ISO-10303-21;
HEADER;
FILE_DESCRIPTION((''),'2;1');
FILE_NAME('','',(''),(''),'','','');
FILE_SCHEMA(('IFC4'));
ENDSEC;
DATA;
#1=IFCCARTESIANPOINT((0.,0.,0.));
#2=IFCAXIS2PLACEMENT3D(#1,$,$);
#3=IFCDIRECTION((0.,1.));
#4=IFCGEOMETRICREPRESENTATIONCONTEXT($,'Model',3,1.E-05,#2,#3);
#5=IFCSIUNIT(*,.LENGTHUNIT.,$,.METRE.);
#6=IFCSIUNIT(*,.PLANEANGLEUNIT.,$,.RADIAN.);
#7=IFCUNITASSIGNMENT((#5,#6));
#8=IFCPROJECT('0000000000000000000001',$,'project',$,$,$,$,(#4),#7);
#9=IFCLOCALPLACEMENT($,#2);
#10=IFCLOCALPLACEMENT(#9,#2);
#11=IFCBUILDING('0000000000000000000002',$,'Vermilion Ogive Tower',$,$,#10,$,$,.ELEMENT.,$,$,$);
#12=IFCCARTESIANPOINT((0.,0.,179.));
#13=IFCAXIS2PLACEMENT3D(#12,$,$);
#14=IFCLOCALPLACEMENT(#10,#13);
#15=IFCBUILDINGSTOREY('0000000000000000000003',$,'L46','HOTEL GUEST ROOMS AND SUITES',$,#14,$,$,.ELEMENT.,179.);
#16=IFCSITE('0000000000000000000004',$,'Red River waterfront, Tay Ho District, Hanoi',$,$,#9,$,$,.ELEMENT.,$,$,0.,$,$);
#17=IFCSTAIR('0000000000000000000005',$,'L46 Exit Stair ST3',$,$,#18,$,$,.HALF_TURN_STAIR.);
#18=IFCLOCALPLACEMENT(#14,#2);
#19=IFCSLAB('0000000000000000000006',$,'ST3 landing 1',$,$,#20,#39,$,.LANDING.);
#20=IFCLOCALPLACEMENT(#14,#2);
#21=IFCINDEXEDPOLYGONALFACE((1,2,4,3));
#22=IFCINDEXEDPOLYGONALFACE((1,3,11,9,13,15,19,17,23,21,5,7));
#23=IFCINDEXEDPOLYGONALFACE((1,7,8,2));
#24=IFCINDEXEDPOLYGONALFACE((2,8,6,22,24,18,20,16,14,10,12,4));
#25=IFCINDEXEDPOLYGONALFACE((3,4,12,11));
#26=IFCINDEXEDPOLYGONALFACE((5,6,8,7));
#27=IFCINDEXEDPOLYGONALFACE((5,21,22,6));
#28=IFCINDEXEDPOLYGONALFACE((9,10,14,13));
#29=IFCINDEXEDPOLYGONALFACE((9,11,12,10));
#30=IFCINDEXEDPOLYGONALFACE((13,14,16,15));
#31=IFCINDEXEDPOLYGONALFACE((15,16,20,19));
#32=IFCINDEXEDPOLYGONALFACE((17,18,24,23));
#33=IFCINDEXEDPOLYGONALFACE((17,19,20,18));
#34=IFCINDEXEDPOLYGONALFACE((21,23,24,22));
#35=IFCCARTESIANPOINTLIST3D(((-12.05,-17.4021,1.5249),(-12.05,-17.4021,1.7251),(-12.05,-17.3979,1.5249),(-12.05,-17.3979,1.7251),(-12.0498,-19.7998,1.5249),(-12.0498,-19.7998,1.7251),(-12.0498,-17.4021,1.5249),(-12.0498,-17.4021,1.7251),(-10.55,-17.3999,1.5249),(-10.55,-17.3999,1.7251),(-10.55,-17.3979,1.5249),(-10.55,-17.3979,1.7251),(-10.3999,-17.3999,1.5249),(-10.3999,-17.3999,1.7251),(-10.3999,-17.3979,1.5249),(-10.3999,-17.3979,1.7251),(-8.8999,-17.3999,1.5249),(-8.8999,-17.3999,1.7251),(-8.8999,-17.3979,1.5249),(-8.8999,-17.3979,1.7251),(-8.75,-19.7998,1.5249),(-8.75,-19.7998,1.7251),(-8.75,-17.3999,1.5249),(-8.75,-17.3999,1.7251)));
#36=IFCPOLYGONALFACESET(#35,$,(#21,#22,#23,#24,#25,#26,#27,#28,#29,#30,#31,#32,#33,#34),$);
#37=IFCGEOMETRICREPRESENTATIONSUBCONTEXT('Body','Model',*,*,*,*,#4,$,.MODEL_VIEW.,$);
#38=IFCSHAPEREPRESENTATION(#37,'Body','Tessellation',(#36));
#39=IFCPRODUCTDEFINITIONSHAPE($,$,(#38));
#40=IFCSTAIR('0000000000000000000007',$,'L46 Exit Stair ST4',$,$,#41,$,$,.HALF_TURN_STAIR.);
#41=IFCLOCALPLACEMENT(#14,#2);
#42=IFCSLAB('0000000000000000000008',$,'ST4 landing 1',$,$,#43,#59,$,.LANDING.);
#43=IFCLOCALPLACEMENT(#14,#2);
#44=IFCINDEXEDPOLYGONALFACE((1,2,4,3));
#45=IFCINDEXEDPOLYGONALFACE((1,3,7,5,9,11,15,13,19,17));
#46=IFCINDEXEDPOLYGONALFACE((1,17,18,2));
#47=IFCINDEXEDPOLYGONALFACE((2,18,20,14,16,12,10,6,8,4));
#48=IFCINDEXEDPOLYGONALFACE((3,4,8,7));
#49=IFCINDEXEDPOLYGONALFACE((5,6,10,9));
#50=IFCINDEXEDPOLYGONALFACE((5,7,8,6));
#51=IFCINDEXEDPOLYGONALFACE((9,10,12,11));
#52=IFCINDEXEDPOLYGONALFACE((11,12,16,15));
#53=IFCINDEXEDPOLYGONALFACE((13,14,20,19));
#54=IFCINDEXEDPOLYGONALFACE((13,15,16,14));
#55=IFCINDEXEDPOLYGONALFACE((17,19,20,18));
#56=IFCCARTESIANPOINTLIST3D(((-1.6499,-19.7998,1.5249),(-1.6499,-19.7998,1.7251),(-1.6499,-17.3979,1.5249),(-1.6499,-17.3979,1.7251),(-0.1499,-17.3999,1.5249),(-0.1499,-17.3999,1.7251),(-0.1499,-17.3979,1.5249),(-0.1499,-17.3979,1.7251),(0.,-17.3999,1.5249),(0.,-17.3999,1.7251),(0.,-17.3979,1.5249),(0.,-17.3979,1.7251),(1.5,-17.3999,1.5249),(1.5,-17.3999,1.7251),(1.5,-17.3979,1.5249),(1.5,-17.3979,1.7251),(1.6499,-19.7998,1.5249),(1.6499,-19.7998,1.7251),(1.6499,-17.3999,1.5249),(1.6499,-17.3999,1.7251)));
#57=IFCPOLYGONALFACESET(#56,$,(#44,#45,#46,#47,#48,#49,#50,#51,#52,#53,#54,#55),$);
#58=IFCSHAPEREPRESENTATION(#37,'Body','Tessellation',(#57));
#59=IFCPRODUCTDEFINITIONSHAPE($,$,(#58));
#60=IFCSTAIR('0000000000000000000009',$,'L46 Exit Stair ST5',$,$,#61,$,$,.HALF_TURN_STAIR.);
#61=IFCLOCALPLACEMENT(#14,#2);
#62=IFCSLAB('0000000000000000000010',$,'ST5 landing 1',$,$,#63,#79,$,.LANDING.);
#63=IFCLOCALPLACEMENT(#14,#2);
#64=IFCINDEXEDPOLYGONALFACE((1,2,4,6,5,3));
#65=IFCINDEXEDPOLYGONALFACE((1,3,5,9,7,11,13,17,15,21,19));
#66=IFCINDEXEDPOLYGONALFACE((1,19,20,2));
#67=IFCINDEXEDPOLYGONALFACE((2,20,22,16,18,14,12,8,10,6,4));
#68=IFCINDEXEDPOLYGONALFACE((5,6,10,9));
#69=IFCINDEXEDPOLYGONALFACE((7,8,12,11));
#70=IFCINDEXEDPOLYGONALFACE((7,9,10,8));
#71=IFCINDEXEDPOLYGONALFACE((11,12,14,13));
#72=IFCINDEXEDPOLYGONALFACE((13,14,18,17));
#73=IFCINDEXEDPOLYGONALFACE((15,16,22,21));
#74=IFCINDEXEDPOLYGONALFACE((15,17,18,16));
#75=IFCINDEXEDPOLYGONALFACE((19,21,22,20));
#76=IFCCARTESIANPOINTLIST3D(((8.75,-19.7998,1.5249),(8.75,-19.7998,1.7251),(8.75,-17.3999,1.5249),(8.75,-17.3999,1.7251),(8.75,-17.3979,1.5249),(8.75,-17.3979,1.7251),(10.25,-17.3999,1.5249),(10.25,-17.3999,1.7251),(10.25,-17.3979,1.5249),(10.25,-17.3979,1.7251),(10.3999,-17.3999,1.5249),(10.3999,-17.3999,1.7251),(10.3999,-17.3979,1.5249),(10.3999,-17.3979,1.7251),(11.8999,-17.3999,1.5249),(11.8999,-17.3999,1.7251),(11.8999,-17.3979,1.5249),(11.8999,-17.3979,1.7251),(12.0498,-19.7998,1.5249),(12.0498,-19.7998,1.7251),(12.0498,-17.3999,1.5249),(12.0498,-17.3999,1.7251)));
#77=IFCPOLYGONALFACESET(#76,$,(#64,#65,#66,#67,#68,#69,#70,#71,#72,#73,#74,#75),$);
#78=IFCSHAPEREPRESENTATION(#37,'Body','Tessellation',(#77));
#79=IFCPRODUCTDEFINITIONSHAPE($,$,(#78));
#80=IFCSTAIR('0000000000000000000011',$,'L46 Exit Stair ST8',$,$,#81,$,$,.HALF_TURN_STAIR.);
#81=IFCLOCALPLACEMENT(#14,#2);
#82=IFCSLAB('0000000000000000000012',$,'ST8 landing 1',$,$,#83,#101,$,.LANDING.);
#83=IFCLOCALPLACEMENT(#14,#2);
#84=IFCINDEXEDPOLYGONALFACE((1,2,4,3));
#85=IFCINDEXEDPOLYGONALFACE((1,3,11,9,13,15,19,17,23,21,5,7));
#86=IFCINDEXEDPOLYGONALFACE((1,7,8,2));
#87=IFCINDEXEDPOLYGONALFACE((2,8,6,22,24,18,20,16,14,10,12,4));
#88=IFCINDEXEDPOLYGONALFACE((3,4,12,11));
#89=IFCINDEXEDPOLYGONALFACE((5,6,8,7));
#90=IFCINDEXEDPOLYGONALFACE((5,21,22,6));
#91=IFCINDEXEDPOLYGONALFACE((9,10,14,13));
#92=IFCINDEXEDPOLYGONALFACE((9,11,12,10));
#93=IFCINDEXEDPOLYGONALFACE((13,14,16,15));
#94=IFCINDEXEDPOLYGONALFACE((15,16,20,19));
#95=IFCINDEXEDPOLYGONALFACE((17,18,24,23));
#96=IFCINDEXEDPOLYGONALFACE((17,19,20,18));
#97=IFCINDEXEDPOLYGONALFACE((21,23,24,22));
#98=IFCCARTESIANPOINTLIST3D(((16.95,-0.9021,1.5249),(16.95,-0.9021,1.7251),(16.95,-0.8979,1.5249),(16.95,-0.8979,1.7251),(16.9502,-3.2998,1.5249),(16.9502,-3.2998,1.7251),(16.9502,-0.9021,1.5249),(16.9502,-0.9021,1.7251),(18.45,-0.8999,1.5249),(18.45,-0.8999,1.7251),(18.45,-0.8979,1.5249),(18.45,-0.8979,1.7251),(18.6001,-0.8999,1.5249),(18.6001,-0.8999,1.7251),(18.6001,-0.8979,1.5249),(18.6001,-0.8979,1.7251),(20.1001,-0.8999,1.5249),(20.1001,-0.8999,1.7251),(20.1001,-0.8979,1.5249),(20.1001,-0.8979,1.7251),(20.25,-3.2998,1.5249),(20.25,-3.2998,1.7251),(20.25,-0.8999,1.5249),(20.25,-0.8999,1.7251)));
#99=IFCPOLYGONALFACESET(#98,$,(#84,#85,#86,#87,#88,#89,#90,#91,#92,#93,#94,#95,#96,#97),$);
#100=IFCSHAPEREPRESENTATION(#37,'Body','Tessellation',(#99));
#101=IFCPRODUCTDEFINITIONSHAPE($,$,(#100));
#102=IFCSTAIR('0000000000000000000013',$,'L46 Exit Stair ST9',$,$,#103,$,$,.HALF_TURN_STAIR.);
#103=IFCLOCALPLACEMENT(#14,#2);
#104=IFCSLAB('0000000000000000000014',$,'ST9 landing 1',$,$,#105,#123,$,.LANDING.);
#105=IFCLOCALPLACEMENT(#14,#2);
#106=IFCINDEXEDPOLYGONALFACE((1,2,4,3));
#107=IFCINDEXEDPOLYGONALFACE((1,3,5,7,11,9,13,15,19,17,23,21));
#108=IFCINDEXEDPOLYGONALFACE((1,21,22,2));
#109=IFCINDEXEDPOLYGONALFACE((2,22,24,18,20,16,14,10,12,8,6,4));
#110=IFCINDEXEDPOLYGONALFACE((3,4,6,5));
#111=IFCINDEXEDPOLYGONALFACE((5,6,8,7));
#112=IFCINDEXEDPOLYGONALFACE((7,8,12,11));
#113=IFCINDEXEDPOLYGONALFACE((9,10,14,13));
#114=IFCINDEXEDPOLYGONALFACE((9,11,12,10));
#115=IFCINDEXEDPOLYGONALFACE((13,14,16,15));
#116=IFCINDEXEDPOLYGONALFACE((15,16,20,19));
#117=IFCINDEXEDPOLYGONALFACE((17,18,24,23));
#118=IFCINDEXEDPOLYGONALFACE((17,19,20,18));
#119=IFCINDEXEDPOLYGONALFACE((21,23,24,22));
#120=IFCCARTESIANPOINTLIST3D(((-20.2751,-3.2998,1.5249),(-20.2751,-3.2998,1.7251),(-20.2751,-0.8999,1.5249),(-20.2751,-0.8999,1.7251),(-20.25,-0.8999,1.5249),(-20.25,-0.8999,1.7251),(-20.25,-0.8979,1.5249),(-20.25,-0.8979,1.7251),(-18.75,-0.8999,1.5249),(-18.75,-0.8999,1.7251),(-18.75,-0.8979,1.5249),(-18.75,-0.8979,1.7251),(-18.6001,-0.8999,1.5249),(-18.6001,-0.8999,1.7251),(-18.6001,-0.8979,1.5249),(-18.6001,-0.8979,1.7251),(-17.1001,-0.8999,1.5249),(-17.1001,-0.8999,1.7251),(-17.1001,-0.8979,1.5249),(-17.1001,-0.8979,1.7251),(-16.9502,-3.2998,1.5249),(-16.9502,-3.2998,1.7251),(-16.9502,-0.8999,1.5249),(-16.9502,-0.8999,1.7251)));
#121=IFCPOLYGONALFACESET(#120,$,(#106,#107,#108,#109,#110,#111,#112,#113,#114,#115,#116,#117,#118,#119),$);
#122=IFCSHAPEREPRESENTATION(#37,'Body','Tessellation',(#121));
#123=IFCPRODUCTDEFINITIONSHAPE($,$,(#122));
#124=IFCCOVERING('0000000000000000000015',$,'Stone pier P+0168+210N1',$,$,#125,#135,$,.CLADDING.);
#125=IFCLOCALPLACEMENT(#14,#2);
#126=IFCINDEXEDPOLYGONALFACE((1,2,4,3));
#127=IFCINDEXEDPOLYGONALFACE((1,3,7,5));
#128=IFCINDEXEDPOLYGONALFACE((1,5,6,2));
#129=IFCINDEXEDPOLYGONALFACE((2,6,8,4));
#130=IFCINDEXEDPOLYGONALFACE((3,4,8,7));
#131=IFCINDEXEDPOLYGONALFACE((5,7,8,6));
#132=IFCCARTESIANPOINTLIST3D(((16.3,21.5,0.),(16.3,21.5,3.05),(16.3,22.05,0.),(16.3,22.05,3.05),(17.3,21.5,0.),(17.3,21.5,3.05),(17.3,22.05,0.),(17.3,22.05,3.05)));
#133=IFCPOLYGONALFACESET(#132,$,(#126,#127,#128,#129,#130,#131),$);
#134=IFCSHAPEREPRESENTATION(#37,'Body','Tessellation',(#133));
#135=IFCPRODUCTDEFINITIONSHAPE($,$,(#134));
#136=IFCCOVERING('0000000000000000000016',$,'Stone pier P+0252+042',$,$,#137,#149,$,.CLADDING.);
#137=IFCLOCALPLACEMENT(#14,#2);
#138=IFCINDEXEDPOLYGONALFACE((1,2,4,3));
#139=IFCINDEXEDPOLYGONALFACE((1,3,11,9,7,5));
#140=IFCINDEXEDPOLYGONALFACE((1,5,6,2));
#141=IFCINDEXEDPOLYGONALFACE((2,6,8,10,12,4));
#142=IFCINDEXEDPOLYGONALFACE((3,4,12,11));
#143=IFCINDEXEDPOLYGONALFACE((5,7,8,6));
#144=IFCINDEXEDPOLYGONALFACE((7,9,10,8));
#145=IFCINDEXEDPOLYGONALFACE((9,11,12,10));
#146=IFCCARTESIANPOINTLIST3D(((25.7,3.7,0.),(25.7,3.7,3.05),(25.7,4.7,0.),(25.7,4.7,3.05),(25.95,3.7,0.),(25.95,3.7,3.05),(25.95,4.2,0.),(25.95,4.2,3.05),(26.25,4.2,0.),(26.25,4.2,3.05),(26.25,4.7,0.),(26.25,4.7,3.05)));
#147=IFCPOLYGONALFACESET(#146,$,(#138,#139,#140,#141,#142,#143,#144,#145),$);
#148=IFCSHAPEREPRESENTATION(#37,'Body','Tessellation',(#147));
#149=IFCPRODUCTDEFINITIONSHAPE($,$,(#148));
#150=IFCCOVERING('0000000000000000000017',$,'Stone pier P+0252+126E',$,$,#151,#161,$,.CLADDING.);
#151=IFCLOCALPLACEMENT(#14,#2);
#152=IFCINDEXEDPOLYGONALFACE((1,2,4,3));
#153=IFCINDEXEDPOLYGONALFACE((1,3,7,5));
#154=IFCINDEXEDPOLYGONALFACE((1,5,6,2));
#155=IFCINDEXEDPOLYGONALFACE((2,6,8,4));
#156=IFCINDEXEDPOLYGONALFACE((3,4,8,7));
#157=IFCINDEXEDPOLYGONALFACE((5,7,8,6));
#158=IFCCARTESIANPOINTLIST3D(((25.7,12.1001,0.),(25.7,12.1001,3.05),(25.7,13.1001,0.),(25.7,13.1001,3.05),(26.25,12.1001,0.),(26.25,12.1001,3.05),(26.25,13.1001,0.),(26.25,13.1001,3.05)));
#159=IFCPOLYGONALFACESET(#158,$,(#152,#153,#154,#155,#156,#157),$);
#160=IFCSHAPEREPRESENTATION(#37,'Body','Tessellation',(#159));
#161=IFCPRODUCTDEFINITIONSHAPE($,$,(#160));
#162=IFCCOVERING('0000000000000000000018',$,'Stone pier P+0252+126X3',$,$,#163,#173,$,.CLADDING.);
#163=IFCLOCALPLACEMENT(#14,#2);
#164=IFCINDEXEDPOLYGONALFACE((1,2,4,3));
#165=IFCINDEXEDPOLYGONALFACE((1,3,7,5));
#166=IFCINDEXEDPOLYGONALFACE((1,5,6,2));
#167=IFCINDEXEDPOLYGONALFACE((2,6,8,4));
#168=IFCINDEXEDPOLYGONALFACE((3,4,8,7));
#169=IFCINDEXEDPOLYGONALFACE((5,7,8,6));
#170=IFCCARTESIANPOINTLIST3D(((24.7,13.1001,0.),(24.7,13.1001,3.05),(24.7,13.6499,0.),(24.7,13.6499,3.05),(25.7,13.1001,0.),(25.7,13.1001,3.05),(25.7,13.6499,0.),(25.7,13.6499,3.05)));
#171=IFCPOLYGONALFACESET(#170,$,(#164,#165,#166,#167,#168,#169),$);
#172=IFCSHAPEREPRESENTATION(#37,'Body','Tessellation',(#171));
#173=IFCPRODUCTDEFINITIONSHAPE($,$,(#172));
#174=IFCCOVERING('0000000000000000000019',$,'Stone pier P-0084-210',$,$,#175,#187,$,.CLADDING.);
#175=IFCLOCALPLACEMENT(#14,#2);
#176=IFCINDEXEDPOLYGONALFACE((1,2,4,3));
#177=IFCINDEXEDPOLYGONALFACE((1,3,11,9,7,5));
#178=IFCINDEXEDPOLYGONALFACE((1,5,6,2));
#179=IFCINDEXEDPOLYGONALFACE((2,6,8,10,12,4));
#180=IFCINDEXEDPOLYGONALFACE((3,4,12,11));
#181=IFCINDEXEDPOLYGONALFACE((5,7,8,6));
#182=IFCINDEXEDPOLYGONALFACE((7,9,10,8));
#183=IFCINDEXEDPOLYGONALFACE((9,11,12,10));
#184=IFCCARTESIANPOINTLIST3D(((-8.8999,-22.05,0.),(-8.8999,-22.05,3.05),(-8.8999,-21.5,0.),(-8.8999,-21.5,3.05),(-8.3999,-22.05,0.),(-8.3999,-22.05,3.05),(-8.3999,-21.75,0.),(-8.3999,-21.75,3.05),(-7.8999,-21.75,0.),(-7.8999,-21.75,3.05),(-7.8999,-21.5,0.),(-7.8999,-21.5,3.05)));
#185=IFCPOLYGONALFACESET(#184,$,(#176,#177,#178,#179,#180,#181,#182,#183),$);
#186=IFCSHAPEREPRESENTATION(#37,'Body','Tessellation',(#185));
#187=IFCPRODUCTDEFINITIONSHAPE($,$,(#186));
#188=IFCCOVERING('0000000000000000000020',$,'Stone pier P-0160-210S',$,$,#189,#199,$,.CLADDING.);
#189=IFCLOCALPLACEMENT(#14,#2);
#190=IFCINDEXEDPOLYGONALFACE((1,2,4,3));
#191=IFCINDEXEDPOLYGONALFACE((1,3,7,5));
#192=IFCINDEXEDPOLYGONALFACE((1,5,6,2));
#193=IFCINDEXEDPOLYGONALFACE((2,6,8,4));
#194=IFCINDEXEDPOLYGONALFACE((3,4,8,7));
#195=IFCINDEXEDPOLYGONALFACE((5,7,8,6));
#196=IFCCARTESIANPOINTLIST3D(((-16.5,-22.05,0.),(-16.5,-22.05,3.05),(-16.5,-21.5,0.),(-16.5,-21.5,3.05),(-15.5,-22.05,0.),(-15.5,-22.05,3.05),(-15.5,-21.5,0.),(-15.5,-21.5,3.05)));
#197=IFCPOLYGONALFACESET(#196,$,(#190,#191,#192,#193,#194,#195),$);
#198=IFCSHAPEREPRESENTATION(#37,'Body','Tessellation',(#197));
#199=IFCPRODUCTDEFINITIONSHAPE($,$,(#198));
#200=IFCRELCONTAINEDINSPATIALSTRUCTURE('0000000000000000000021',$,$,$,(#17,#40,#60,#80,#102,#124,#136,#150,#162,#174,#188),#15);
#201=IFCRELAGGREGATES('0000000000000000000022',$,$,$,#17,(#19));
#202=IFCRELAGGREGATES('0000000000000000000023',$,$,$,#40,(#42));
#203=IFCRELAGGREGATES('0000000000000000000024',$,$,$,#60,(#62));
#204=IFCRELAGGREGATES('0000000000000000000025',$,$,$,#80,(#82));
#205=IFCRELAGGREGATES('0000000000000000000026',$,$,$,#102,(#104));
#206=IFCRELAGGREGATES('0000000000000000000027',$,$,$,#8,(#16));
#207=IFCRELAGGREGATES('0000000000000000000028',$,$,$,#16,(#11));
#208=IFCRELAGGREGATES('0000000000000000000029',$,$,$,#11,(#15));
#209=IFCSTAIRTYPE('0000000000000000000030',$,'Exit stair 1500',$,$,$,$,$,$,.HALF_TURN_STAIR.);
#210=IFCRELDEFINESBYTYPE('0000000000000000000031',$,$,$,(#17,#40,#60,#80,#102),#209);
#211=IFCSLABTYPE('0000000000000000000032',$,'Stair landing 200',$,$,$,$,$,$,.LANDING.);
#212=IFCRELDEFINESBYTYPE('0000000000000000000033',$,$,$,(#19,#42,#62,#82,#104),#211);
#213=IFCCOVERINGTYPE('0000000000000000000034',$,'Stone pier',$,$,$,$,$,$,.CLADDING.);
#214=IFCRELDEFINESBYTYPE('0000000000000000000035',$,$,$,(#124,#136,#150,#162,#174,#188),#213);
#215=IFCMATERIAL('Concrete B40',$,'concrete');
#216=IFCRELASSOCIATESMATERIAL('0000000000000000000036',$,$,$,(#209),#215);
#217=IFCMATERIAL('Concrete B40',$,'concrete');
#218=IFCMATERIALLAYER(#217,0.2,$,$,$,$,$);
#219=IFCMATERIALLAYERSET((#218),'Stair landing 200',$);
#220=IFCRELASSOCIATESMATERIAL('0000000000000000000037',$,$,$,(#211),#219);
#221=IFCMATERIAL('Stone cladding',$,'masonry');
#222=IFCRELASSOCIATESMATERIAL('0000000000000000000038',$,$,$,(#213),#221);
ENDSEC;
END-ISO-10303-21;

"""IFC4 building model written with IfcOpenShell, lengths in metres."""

from ifc_helpers import new_model, si_unit, direction, frame, origin, place, context, subcontext, project, spatial, polyline, outline, extrude, material, layer, layer_set, type_object, element, aggregate, save


model = new_model("IFC4")

# Units and contexts
model_context = context("Model", 3, precision=1e-05, world=origin(), true_north=direction((0.0, 1.0)))
body_context = subcontext(model_context, "Body", "Model", "MODEL_VIEW")
ifc_project = project(units=[si_unit("LENGTHUNIT", "METRE"), si_unit("PLANEANGLEUNIT", "RADIAN")], contexts=[model_context])

# Site, building, storey
site_placement = place(None, origin())
site = spatial("IfcSite", under=ifc_project, at=site_placement, Name="Red River waterfront, Tay Ho District, Hanoi", CompositionType="ELEMENT", RefElevation=0.0)
building_placement = place(site_placement, origin())
building = spatial("IfcBuilding", under=site, at=building_placement, Name="Vermilion Ogive Tower", CompositionType="ELEMENT")
storey_placement = place(building_placement, frame((0.0, 0.0, 179.0)))
storey = spatial("IfcBuildingStorey", under=building, at=storey_placement, Name="L46", Description="HOTEL GUEST ROOMS AND SUITES", CompositionType="ELEMENT", Elevation=179.0)

# Stairs, slabs
ifc_material_1 = material(Name="Concrete B40", Category="concrete")
stair_type = type_object("IfcStairType", Name="Exit stair 1500", PredefinedType="HALF_TURN_STAIR", material=ifc_material_1)
ifc_material_2 = material(Name="Concrete B40", Category="concrete")
ifc_layer_1 = layer(ifc_material_2, 0.2)
ifc_layer_set_1 = layer_set([ifc_layer_1], Name="Stair landing 200")
slab_type_1 = type_object("IfcSlabType", Name="Stair landing 200", PredefinedType="LANDING", material=ifc_layer_set_1)
stair_1_placement = place(storey_placement, origin())
stair_1 = element("IfcStair", 1, at=stair_1_placement, inside=storey, type_object=stair_type, Name="L46 Exit Stair ST3", PredefinedType="HALF_TURN_STAIR")
slab_1_placement = place(storey_placement, frame((0.0, 0.0, 1.5249)))
slab_1 = element("IfcSlab", 2, at=slab_1_placement, type_object=slab_type_1, Name="ST3 landing 1", PredefinedType="LANDING", context=body_context, shape_type="SweptSolid", body=[
    extrude(outline(polyline([(-8.75, -17.3999), (-8.8999, -17.3999), (-8.8999, -17.3979), (-10.3999, -17.3979), (-10.3999, -17.3999), (-10.55, -17.3999), (-10.55, -17.3979), (-12.05, -17.3979), (-12.05, -17.4021), (-12.0498, -17.4021), (-12.0498, -19.7998), (-8.75, -19.7998), (-8.75, -17.3999)])), origin(), (0.0, 0.0, 1.0), 0.2002),
])
aggregate(stair_1, [slab_1])
stair_2_placement = place(storey_placement, origin())
stair_2 = element("IfcStair", 3, at=stair_2_placement, inside=storey, type_object=stair_type, Name="L46 Exit Stair ST4", PredefinedType="HALF_TURN_STAIR")
slab_2_placement = place(storey_placement, frame((0.0, 0.0, 1.5249)))
slab_2 = element("IfcSlab", 4, at=slab_2_placement, type_object=slab_type_1, Name="ST4 landing 1", PredefinedType="LANDING", context=body_context, shape_type="SweptSolid", body=[
    extrude(outline(polyline([(1.6499, -17.3999), (1.5, -17.3999), (1.5, -17.3979), (0.0, -17.3979), (0.0, -17.3999), (-0.1499, -17.3999), (-0.1499, -17.3979), (-1.6499, -17.3979), (-1.6499, -19.7998), (1.6499, -19.7998), (1.6499, -17.3999)])), origin(), (0.0, 0.0, 1.0), 0.2002),
])
aggregate(stair_2, [slab_2])
stair_3_placement = place(storey_placement, origin())
stair_3 = element("IfcStair", 5, at=stair_3_placement, inside=storey, type_object=stair_type, Name="L46 Exit Stair ST5", PredefinedType="HALF_TURN_STAIR")
slab_3_placement = place(storey_placement, frame((0.0, 0.0, 1.5249)))
slab_3 = element("IfcSlab", 6, at=slab_3_placement, type_object=slab_type_1, Name="ST5 landing 1", PredefinedType="LANDING", context=body_context, shape_type="SweptSolid", body=[
    extrude(outline(polyline([(12.0498, -17.3999), (11.8999, -17.3999), (11.8999, -17.3979), (10.3999, -17.3979), (10.3999, -17.3999), (10.25, -17.3999), (10.25, -17.3979), (8.75, -17.3979), (8.75, -17.3999), (8.75, -17.3999), (8.75, -19.7998), (12.0498, -19.7998), (12.0498, -17.3999)])), origin(), (0.0, 0.0, 1.0), 0.2002),
])
aggregate(stair_3, [slab_3])
stair_4_placement = place(storey_placement, origin())
stair_4 = element("IfcStair", 7, at=stair_4_placement, inside=storey, type_object=stair_type, Name="L46 Exit Stair ST8", PredefinedType="HALF_TURN_STAIR")
slab_4_placement = place(storey_placement, frame((0.0, 0.0, 1.5249)))
slab_4 = element("IfcSlab", 8, at=slab_4_placement, type_object=slab_type_1, Name="ST8 landing 1", PredefinedType="LANDING", context=body_context, shape_type="SweptSolid", body=[
    extrude(outline(polyline([(20.25, -0.8999), (20.1001, -0.8999), (20.1001, -0.8979), (18.6001, -0.8979), (18.6001, -0.8999), (18.45, -0.8999), (18.45, -0.8979), (16.95, -0.8979), (16.95, -0.9021), (16.9502, -0.9021), (16.9502, -3.2998), (20.25, -3.2998), (20.25, -0.8999)])), origin(), (0.0, 0.0, 1.0), 0.2002),
])
aggregate(stair_4, [slab_4])
stair_5_placement = place(storey_placement, origin())
stair_5 = element("IfcStair", 9, at=stair_5_placement, inside=storey, type_object=stair_type, Name="L46 Exit Stair ST9", PredefinedType="HALF_TURN_STAIR")
slab_5_placement = place(storey_placement, frame((0.0, 0.0, 1.5249)))
slab_5 = element("IfcSlab", 10, at=slab_5_placement, type_object=slab_type_1, Name="ST9 landing 1", PredefinedType="LANDING", context=body_context, shape_type="SweptSolid", body=[
    extrude(outline(polyline([(-16.9502, -0.8999), (-17.1001, -0.8999), (-17.1001, -0.8979), (-18.6001, -0.8979), (-18.6001, -0.8999), (-18.75, -0.8999), (-18.75, -0.8979), (-20.25, -0.8979), (-20.25, -0.8999), (-20.2751, -0.8999), (-20.2751, -3.2998), (-16.9502, -3.2998), (-16.9502, -0.8999)])), origin(), (0.0, 0.0, 1.0), 0.2002),
])
aggregate(stair_5, [slab_5])

# Coverings
ifc_material_3 = material(Name="Stone cladding", Category="masonry")
covering_type = type_object("IfcCoveringType", Name="Stone pier", PredefinedType="CLADDING", material=ifc_material_3)
covering_1_placement = place(storey_placement, origin())
element("IfcCovering", 11, at=covering_1_placement, inside=storey, type_object=covering_type, Name="Stone pier P+0168+210N1", PredefinedType="CLADDING", context=body_context, shape_type="SweptSolid", body=[
    extrude(outline(polyline([(17.3, 22.05), (17.3, 21.5), (16.3, 21.5), (16.3, 22.05), (17.3, 22.05)])), origin(), (0.0, 0.0, 1.0), 3.05),
])
covering_2_placement = place(storey_placement, origin())
element("IfcCovering", 12, at=covering_2_placement, inside=storey, type_object=covering_type, Name="Stone pier P+0252+042", PredefinedType="CLADDING", context=body_context, shape_type="SweptSolid", body=[
    extrude(outline(polyline([(25.7, 4.7), (26.25, 4.7), (26.25, 4.2), (25.95, 4.2), (25.95, 3.7), (25.7, 3.7), (25.7, 4.7), (25.7, 4.7)])), origin(), (0.0, 0.0, 1.0), 3.05),
])
covering_3_placement = place(storey_placement, origin())
element("IfcCovering", 13, at=covering_3_placement, inside=storey, type_object=covering_type, Name="Stone pier P+0252+126E", PredefinedType="CLADDING", context=body_context, shape_type="SweptSolid", body=[
    extrude(outline(polyline([(26.25, 13.1001), (26.25, 12.1001), (25.7, 12.1001), (25.7, 13.1001), (26.25, 13.1001)])), origin(), (0.0, 0.0, 1.0), 3.05),
])
covering_4_placement = place(storey_placement, origin())
element("IfcCovering", 14, at=covering_4_placement, inside=storey, type_object=covering_type, Name="Stone pier P+0252+126X3", PredefinedType="CLADDING", context=body_context, shape_type="SweptSolid", body=[
    extrude(outline(polyline([(25.7, 13.6499), (25.7, 13.1001), (24.7, 13.1001), (24.7, 13.6499), (25.7, 13.6499)])), origin(), (0.0, 0.0, 1.0), 3.05),
])
covering_5_placement = place(storey_placement, origin())
element("IfcCovering", 15, at=covering_5_placement, inside=storey, type_object=covering_type, Name="Stone pier P-0084-210", PredefinedType="CLADDING", context=body_context, shape_type="SweptSolid", body=[
    extrude(outline(polyline([(-7.8999, -21.75), (-8.3999, -21.75), (-8.3999, -22.05), (-8.8999, -22.05), (-8.8999, -21.5), (-7.8999, -21.5), (-7.8999, -21.75)])), origin(), (0.0, 0.0, 1.0), 3.05),
])
covering_6_placement = place(storey_placement, origin())
element("IfcCovering", 16, at=covering_6_placement, inside=storey, type_object=covering_type, Name="Stone pier P-0160-210S", PredefinedType="CLADDING", context=body_context, shape_type="SweptSolid", body=[
    extrude(outline(polyline([(-15.5, -22.05), (-16.5, -22.05), (-16.5, -21.5), (-15.5, -21.5), (-15.5, -22.05)])), origin(), (0.0, 0.0, 1.0), 3.05),
])

save(model, "model.ifc")
